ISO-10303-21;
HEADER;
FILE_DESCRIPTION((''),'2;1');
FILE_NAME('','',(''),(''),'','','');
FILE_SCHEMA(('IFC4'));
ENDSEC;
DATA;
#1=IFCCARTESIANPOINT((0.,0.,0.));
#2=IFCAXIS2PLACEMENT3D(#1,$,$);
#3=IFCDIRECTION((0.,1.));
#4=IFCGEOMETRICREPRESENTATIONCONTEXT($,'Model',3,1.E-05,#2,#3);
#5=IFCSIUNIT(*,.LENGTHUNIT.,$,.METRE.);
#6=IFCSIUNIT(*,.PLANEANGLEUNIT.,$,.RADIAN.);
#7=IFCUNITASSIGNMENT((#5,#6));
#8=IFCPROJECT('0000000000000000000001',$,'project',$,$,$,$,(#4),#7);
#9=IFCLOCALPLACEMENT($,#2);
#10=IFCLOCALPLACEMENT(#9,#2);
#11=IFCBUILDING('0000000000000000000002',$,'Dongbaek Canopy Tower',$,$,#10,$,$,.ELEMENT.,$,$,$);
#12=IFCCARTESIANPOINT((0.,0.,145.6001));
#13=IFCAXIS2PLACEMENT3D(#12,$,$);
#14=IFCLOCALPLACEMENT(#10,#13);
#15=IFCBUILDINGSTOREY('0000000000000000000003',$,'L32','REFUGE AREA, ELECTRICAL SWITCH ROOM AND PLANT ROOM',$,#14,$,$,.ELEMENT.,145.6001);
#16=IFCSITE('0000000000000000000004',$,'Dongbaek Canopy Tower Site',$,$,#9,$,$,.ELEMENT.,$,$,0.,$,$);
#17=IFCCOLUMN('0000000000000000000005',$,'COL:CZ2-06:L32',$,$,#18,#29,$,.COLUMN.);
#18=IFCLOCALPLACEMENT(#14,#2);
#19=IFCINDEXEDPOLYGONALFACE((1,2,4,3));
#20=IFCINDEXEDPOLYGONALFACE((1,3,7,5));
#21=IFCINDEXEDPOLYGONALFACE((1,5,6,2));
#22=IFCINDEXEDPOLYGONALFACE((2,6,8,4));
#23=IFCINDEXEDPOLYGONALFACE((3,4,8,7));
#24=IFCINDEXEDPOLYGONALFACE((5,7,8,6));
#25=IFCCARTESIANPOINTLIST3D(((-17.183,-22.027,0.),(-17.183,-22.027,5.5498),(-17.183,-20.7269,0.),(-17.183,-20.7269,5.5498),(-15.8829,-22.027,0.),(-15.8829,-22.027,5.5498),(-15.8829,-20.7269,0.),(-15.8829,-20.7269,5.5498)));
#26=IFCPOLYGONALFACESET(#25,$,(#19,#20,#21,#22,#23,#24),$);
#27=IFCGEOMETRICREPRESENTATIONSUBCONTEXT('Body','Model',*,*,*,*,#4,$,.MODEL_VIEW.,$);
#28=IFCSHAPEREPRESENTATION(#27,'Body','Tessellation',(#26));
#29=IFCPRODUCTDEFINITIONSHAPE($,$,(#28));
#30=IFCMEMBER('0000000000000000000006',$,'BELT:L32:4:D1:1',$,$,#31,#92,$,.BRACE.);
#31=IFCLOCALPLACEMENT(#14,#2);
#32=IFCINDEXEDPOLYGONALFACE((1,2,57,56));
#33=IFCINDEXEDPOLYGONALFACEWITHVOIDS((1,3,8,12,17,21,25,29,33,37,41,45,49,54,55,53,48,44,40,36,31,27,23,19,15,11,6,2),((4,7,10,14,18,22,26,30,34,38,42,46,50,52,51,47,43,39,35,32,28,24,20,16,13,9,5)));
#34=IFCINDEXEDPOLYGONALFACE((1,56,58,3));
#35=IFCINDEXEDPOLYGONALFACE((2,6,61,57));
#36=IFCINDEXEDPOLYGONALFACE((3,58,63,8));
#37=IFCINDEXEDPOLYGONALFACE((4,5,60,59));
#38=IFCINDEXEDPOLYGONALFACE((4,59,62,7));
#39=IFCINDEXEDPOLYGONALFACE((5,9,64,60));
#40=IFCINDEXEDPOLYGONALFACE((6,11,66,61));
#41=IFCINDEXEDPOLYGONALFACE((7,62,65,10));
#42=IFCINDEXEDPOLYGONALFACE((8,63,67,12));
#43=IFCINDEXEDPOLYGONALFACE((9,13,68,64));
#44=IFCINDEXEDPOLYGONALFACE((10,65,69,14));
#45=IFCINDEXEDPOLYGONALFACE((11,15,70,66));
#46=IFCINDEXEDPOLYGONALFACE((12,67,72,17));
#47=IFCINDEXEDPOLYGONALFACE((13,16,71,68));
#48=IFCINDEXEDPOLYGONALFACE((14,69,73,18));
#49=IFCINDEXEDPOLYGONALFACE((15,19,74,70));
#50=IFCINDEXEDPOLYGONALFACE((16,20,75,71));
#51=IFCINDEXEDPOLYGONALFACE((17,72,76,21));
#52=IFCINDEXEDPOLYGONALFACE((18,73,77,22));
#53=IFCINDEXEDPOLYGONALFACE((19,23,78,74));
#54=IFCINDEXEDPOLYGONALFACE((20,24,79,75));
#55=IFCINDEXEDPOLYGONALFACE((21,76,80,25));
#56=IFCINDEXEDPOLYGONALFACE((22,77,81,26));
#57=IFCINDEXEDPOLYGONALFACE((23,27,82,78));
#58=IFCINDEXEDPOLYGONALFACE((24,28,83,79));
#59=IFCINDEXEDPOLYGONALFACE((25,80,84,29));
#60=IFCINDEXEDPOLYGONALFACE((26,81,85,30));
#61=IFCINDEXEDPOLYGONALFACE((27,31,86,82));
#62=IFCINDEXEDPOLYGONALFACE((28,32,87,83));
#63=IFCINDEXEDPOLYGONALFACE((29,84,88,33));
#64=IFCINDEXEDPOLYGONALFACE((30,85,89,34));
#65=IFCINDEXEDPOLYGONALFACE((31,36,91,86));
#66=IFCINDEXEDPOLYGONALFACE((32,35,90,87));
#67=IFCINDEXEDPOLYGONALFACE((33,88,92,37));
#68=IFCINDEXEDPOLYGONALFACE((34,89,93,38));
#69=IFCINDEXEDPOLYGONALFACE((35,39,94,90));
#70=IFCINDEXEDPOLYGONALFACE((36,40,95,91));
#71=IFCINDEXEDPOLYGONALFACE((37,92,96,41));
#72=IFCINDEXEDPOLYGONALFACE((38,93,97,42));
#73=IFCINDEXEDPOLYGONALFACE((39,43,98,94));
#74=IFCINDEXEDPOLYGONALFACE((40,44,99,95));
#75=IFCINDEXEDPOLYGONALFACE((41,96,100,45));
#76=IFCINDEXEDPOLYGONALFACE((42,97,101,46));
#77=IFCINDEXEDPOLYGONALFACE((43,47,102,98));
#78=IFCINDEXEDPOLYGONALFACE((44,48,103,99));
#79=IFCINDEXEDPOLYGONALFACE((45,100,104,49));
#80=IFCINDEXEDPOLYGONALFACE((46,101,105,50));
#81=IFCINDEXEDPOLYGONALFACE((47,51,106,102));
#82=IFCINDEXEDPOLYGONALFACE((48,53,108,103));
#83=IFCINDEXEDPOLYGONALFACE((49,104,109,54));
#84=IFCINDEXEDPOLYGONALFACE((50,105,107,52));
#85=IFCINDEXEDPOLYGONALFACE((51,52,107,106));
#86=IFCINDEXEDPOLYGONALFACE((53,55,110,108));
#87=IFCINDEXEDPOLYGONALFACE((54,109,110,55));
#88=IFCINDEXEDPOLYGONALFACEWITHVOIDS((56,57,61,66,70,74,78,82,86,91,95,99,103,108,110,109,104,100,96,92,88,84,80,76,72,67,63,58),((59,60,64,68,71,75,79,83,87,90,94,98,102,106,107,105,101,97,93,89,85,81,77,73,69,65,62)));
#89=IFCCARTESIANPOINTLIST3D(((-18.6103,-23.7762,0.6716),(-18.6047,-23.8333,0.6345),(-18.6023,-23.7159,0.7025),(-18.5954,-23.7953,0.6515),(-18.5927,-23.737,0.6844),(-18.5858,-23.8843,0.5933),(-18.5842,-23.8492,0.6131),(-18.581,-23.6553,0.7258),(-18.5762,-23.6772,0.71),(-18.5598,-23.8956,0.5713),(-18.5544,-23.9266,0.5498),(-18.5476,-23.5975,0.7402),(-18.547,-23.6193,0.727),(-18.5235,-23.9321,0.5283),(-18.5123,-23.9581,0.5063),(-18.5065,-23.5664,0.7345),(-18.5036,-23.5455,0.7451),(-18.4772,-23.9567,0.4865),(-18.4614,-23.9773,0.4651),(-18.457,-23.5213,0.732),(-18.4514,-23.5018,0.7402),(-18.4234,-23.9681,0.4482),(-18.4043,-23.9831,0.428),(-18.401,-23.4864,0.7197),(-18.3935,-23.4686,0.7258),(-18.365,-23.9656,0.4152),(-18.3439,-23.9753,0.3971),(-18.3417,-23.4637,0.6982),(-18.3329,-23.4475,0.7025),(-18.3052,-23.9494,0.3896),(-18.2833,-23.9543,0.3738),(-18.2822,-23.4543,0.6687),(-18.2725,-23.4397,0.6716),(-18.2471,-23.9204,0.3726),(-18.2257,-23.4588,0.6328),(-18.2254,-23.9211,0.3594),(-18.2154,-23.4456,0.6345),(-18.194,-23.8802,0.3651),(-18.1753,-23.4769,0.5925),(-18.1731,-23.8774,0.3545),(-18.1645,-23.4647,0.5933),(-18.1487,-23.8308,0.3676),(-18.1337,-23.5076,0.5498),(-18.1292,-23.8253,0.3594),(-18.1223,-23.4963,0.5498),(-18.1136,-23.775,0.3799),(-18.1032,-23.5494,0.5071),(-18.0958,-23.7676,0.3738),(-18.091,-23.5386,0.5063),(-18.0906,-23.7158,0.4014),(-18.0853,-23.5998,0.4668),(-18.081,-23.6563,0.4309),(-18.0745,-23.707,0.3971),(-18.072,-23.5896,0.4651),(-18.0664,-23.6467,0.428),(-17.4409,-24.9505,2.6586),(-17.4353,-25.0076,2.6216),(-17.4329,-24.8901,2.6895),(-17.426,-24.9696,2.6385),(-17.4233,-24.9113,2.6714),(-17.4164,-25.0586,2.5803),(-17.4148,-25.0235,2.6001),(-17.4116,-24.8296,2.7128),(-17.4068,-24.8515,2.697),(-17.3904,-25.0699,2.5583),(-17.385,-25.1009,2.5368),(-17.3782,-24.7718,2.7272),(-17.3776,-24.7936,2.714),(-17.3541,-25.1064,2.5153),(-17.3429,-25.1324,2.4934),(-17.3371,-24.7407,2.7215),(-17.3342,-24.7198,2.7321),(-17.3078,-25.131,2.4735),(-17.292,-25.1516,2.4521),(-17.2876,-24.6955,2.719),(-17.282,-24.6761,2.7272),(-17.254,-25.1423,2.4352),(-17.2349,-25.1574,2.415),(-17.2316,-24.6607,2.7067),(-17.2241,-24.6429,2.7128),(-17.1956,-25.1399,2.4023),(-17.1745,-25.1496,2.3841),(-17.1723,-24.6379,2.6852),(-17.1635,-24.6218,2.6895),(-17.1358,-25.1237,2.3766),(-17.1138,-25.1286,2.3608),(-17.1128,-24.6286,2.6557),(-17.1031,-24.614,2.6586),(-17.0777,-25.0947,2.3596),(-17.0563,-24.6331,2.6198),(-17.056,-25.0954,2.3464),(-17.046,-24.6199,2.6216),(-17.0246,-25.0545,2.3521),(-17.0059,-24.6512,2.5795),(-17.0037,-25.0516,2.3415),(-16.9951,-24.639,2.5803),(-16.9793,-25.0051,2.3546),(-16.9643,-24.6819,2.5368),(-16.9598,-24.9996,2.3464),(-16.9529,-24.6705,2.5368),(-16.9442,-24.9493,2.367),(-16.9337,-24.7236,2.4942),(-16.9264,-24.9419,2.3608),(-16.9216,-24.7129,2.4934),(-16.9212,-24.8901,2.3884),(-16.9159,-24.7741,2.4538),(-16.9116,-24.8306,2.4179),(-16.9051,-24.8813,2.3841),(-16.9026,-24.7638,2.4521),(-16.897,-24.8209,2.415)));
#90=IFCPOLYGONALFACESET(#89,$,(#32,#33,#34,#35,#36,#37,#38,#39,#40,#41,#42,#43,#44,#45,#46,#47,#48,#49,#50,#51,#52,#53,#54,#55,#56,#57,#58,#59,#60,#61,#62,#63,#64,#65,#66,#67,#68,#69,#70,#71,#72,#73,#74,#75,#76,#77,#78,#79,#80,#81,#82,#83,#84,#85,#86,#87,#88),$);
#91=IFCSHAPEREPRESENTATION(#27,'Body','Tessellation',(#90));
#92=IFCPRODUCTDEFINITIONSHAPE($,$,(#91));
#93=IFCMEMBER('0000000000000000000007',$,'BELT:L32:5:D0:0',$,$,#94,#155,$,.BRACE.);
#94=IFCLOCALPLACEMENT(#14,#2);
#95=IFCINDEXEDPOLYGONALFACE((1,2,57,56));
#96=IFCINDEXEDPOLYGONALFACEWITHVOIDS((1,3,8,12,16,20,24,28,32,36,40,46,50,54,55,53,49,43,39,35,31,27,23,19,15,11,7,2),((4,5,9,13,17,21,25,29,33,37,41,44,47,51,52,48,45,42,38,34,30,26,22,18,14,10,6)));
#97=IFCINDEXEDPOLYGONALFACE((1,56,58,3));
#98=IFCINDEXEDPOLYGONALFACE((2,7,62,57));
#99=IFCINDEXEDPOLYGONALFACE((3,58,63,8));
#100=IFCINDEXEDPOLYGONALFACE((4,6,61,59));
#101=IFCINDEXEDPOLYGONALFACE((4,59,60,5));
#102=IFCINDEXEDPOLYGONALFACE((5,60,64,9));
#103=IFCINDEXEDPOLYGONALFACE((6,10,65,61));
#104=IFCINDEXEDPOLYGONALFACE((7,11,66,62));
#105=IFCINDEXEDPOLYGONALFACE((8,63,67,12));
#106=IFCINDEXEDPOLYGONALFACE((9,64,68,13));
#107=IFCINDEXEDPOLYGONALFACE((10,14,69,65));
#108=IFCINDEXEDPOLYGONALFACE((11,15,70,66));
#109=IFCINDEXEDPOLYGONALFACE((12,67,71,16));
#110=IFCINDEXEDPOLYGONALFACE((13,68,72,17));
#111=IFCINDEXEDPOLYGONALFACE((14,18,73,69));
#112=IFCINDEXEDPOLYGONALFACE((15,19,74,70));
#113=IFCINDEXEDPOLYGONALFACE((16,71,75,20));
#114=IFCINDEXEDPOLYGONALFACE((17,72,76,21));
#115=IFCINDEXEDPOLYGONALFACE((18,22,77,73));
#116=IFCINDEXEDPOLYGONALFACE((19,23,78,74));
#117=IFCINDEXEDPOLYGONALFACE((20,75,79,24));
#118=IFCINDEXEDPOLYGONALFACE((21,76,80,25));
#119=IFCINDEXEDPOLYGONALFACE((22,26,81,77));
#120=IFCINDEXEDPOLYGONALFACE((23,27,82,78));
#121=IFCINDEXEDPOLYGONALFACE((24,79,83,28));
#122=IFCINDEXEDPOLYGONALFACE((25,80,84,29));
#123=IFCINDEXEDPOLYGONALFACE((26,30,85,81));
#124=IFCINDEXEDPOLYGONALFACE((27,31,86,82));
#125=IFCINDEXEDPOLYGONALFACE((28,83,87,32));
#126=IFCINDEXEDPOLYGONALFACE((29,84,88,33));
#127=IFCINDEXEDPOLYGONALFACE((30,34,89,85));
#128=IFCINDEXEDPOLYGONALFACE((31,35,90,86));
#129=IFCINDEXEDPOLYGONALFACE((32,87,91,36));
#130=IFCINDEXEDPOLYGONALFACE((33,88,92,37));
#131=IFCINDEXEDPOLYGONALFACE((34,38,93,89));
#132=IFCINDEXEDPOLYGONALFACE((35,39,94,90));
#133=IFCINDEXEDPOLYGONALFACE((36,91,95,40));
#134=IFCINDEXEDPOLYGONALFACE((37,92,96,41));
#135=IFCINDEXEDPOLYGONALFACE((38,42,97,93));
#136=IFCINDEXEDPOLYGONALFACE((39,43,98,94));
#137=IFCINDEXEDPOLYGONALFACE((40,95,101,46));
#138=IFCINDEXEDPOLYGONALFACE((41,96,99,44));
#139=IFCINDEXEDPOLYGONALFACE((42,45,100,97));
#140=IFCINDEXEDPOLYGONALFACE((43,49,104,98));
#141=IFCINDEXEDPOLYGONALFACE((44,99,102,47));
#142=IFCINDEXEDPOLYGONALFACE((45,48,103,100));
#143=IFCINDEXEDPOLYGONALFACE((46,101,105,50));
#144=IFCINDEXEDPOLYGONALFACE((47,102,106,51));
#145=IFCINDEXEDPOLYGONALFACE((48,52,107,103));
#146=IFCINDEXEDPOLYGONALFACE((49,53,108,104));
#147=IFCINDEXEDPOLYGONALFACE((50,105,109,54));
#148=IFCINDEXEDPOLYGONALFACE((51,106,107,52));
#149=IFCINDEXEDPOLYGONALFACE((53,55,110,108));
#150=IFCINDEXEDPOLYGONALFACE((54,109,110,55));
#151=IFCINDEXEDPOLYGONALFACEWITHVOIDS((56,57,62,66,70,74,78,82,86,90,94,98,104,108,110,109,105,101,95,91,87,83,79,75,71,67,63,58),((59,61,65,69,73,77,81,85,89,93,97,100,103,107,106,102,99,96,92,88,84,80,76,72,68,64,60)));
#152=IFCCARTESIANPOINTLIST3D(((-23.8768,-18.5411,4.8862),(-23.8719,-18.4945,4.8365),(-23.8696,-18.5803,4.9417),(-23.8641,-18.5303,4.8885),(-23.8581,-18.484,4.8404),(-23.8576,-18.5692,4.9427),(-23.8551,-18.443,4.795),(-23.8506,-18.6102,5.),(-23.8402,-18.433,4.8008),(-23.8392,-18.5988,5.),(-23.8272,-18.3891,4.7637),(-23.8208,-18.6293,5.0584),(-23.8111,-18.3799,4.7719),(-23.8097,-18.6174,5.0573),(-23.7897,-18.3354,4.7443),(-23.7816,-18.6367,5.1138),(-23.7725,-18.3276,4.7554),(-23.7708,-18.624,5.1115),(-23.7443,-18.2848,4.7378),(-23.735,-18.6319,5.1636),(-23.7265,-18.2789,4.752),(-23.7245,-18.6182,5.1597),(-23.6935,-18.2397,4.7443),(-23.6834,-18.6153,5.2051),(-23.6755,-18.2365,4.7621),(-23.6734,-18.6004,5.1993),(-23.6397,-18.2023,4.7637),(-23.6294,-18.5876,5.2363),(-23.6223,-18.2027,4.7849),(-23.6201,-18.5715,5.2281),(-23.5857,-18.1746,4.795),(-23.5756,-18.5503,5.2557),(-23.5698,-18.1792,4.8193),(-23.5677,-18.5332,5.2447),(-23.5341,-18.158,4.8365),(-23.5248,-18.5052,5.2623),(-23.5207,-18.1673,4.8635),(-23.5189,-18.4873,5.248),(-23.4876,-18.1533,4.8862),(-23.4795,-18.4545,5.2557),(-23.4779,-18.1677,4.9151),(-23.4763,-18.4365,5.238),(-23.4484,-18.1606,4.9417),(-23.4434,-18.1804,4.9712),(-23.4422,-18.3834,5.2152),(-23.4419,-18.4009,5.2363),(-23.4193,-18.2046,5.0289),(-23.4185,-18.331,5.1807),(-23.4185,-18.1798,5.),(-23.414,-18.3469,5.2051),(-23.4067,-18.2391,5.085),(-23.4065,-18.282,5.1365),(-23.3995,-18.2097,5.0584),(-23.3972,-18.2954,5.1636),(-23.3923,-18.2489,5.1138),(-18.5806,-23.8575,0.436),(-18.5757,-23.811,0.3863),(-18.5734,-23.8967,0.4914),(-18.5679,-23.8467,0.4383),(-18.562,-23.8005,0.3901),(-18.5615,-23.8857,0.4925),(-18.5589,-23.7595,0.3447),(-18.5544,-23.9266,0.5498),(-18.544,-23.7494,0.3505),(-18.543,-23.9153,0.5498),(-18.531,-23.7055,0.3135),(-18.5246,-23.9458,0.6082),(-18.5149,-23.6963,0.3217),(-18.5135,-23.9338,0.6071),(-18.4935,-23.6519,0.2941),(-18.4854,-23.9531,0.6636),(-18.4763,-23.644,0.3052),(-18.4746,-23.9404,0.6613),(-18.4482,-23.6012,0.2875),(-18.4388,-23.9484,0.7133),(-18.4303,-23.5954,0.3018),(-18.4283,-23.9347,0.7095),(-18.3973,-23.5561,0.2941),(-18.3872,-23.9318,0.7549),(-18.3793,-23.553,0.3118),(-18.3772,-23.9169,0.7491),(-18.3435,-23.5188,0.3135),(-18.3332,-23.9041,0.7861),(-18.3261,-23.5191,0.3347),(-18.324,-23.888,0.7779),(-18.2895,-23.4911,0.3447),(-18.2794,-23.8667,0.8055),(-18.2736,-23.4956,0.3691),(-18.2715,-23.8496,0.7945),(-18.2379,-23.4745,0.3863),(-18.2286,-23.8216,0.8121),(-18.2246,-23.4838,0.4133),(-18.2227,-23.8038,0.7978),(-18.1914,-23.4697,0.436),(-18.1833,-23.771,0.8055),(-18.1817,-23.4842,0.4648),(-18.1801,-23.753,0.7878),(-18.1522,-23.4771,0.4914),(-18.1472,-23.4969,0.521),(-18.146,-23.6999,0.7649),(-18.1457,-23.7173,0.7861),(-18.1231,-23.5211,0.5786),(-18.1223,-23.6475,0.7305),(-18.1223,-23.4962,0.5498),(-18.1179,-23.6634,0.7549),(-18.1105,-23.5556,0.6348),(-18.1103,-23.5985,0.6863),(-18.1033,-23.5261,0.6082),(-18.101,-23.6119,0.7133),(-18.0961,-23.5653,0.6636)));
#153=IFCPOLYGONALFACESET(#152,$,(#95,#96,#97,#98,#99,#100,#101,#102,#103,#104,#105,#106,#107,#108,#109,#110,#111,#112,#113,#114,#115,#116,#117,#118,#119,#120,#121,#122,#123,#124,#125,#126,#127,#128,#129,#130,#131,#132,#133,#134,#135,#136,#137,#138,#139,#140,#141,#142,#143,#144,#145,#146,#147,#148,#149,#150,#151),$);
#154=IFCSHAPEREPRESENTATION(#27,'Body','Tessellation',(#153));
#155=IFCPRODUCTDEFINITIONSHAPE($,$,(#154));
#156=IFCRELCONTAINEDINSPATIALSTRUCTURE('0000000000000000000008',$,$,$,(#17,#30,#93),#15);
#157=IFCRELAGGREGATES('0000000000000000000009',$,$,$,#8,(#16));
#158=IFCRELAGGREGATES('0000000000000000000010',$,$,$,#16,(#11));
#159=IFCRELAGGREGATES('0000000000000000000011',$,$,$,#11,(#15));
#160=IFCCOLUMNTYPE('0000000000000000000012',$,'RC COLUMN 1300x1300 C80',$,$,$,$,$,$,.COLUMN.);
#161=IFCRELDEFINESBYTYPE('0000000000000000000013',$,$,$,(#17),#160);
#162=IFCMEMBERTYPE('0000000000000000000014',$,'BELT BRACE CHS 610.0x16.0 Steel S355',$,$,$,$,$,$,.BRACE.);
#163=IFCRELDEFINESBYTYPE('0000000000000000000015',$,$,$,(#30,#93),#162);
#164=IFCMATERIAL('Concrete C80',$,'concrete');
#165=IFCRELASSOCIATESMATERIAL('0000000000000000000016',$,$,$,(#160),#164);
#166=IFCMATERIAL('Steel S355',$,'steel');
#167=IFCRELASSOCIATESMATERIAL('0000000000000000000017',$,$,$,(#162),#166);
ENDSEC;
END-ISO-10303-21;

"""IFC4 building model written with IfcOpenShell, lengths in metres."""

from ifc_helpers import new_model, si_unit, direction, frame, origin, origin_2d, place, context, subcontext, project, spatial, rectangle, hollow_circle, extrude, material, material_profile, profile_set, type_object, element, save


model = new_model("IFC4")

# Units and contexts
model_context = context("Model", 3, precision=1e-05, world=origin(), true_north=direction((0.0, 1.0)))
body_context = subcontext(model_context, "Body", "Model", "MODEL_VIEW")
ifc_project = project(units=[si_unit("LENGTHUNIT", "METRE"), si_unit("PLANEANGLEUNIT", "RADIAN")], contexts=[model_context])

# Site, building, storey
site_placement = place(None, origin())
site = spatial("IfcSite", under=ifc_project, at=site_placement, Name="Dongbaek Canopy Tower Site", CompositionType="ELEMENT", RefElevation=0.0)
building_placement = place(site_placement, origin())
building = spatial("IfcBuilding", under=site, at=building_placement, Name="Dongbaek Canopy Tower", CompositionType="ELEMENT")
storey_placement = place(building_placement, frame((0.0, 0.0, 145.6001)))
storey = spatial("IfcBuildingStorey", under=building, at=storey_placement, Name="L32", Description="REFUGE AREA, ELECTRICAL SWITCH ROOM AND PLANT ROOM", CompositionType="ELEMENT", Elevation=145.6001)

# Column
ifc_material_1 = material(Name="Concrete C80", Category="concrete")
ifc_material_profile_1 = material_profile(ifc_material_1, rectangle(XDim=1.3, YDim=1.3, at=origin_2d()), Name="RC COLUMN 1300x1300 C80")
ifc_profile_set_1 = profile_set([ifc_material_profile_1], Name="Concrete C80")
column_type = type_object("IfcColumnType", Name="RC COLUMN 1300x1300 C80", PredefinedType="COLUMN", material=ifc_profile_set_1)
column_placement = place(storey_placement, frame((-16.533, -21.377, 0.0), z_axis=(0.0, 0.0, 1.0), x_axis=(1.0, 0.0, 0.0)))
element("IfcColumn", 1, at=column_placement, inside=storey, type_object=column_type, Name="COL:CZ2-06:L32", PredefinedType="COLUMN", context=body_context, shape_type="SweptSolid", body=[
    extrude(rectangle(XDim=1.3, YDim=1.3, at=origin_2d()), origin(), (0.0, 0.0, 1.0), 5.5498),
])

# Members
ifc_material_2 = material(Name="Steel S355", Category="steel")
ifc_material_profile_2 = material_profile(ifc_material_2, hollow_circle(Radius=0.3049, WallThickness=0.0161, at=origin_2d()), Name="BELT BRACE CHS 610.0x16.0 Steel S355")
ifc_profile_set_2 = profile_set([ifc_material_profile_2], Name="Steel S355")
member_type_1 = type_object("IfcMemberType", Name="BELT BRACE CHS 610.0x16.0 Steel S355", PredefinedType="BRACE", material=ifc_profile_set_2)
member_1_placement = place(storey_placement, frame((-18.3384, -23.7114, 0.5498), z_axis=(0.45196, -0.453847, 0.767955), x_axis=(0.708578, 0.705632, 0.0)))
element("IfcMember", 2, at=member_1_placement, inside=storey, type_object=member_type_1, Name="BELT:L32:4:D1:1", PredefinedType="BRACE", context=body_context, shape_type="SweptSolid", body=[
    extrude(hollow_circle(Radius=0.3049, WallThickness=0.0161, at=origin_2d()), origin(), (0.0, 0.0, 1.0), 2.5874),
])
member_2_placement = place(storey_placement, frame((-18.3384, -23.7114, 0.5498), z_axis=(-0.60704, 0.609363, 0.510078), x_axis=(-0.708456, -0.705755, 0.0)))
element("IfcMember", 3, at=member_2_placement, inside=storey, type_object=member_type_1, Name="BELT:L32:5:D0:0", PredefinedType="BRACE", context=body_context, shape_type="SweptSolid", body=[
    extrude(hollow_circle(Radius=0.3049, WallThickness=0.0161, at=origin_2d()), origin(), (0.0, 0.0, 1.0), 8.7246),
])

save(model, "model.ifc")
